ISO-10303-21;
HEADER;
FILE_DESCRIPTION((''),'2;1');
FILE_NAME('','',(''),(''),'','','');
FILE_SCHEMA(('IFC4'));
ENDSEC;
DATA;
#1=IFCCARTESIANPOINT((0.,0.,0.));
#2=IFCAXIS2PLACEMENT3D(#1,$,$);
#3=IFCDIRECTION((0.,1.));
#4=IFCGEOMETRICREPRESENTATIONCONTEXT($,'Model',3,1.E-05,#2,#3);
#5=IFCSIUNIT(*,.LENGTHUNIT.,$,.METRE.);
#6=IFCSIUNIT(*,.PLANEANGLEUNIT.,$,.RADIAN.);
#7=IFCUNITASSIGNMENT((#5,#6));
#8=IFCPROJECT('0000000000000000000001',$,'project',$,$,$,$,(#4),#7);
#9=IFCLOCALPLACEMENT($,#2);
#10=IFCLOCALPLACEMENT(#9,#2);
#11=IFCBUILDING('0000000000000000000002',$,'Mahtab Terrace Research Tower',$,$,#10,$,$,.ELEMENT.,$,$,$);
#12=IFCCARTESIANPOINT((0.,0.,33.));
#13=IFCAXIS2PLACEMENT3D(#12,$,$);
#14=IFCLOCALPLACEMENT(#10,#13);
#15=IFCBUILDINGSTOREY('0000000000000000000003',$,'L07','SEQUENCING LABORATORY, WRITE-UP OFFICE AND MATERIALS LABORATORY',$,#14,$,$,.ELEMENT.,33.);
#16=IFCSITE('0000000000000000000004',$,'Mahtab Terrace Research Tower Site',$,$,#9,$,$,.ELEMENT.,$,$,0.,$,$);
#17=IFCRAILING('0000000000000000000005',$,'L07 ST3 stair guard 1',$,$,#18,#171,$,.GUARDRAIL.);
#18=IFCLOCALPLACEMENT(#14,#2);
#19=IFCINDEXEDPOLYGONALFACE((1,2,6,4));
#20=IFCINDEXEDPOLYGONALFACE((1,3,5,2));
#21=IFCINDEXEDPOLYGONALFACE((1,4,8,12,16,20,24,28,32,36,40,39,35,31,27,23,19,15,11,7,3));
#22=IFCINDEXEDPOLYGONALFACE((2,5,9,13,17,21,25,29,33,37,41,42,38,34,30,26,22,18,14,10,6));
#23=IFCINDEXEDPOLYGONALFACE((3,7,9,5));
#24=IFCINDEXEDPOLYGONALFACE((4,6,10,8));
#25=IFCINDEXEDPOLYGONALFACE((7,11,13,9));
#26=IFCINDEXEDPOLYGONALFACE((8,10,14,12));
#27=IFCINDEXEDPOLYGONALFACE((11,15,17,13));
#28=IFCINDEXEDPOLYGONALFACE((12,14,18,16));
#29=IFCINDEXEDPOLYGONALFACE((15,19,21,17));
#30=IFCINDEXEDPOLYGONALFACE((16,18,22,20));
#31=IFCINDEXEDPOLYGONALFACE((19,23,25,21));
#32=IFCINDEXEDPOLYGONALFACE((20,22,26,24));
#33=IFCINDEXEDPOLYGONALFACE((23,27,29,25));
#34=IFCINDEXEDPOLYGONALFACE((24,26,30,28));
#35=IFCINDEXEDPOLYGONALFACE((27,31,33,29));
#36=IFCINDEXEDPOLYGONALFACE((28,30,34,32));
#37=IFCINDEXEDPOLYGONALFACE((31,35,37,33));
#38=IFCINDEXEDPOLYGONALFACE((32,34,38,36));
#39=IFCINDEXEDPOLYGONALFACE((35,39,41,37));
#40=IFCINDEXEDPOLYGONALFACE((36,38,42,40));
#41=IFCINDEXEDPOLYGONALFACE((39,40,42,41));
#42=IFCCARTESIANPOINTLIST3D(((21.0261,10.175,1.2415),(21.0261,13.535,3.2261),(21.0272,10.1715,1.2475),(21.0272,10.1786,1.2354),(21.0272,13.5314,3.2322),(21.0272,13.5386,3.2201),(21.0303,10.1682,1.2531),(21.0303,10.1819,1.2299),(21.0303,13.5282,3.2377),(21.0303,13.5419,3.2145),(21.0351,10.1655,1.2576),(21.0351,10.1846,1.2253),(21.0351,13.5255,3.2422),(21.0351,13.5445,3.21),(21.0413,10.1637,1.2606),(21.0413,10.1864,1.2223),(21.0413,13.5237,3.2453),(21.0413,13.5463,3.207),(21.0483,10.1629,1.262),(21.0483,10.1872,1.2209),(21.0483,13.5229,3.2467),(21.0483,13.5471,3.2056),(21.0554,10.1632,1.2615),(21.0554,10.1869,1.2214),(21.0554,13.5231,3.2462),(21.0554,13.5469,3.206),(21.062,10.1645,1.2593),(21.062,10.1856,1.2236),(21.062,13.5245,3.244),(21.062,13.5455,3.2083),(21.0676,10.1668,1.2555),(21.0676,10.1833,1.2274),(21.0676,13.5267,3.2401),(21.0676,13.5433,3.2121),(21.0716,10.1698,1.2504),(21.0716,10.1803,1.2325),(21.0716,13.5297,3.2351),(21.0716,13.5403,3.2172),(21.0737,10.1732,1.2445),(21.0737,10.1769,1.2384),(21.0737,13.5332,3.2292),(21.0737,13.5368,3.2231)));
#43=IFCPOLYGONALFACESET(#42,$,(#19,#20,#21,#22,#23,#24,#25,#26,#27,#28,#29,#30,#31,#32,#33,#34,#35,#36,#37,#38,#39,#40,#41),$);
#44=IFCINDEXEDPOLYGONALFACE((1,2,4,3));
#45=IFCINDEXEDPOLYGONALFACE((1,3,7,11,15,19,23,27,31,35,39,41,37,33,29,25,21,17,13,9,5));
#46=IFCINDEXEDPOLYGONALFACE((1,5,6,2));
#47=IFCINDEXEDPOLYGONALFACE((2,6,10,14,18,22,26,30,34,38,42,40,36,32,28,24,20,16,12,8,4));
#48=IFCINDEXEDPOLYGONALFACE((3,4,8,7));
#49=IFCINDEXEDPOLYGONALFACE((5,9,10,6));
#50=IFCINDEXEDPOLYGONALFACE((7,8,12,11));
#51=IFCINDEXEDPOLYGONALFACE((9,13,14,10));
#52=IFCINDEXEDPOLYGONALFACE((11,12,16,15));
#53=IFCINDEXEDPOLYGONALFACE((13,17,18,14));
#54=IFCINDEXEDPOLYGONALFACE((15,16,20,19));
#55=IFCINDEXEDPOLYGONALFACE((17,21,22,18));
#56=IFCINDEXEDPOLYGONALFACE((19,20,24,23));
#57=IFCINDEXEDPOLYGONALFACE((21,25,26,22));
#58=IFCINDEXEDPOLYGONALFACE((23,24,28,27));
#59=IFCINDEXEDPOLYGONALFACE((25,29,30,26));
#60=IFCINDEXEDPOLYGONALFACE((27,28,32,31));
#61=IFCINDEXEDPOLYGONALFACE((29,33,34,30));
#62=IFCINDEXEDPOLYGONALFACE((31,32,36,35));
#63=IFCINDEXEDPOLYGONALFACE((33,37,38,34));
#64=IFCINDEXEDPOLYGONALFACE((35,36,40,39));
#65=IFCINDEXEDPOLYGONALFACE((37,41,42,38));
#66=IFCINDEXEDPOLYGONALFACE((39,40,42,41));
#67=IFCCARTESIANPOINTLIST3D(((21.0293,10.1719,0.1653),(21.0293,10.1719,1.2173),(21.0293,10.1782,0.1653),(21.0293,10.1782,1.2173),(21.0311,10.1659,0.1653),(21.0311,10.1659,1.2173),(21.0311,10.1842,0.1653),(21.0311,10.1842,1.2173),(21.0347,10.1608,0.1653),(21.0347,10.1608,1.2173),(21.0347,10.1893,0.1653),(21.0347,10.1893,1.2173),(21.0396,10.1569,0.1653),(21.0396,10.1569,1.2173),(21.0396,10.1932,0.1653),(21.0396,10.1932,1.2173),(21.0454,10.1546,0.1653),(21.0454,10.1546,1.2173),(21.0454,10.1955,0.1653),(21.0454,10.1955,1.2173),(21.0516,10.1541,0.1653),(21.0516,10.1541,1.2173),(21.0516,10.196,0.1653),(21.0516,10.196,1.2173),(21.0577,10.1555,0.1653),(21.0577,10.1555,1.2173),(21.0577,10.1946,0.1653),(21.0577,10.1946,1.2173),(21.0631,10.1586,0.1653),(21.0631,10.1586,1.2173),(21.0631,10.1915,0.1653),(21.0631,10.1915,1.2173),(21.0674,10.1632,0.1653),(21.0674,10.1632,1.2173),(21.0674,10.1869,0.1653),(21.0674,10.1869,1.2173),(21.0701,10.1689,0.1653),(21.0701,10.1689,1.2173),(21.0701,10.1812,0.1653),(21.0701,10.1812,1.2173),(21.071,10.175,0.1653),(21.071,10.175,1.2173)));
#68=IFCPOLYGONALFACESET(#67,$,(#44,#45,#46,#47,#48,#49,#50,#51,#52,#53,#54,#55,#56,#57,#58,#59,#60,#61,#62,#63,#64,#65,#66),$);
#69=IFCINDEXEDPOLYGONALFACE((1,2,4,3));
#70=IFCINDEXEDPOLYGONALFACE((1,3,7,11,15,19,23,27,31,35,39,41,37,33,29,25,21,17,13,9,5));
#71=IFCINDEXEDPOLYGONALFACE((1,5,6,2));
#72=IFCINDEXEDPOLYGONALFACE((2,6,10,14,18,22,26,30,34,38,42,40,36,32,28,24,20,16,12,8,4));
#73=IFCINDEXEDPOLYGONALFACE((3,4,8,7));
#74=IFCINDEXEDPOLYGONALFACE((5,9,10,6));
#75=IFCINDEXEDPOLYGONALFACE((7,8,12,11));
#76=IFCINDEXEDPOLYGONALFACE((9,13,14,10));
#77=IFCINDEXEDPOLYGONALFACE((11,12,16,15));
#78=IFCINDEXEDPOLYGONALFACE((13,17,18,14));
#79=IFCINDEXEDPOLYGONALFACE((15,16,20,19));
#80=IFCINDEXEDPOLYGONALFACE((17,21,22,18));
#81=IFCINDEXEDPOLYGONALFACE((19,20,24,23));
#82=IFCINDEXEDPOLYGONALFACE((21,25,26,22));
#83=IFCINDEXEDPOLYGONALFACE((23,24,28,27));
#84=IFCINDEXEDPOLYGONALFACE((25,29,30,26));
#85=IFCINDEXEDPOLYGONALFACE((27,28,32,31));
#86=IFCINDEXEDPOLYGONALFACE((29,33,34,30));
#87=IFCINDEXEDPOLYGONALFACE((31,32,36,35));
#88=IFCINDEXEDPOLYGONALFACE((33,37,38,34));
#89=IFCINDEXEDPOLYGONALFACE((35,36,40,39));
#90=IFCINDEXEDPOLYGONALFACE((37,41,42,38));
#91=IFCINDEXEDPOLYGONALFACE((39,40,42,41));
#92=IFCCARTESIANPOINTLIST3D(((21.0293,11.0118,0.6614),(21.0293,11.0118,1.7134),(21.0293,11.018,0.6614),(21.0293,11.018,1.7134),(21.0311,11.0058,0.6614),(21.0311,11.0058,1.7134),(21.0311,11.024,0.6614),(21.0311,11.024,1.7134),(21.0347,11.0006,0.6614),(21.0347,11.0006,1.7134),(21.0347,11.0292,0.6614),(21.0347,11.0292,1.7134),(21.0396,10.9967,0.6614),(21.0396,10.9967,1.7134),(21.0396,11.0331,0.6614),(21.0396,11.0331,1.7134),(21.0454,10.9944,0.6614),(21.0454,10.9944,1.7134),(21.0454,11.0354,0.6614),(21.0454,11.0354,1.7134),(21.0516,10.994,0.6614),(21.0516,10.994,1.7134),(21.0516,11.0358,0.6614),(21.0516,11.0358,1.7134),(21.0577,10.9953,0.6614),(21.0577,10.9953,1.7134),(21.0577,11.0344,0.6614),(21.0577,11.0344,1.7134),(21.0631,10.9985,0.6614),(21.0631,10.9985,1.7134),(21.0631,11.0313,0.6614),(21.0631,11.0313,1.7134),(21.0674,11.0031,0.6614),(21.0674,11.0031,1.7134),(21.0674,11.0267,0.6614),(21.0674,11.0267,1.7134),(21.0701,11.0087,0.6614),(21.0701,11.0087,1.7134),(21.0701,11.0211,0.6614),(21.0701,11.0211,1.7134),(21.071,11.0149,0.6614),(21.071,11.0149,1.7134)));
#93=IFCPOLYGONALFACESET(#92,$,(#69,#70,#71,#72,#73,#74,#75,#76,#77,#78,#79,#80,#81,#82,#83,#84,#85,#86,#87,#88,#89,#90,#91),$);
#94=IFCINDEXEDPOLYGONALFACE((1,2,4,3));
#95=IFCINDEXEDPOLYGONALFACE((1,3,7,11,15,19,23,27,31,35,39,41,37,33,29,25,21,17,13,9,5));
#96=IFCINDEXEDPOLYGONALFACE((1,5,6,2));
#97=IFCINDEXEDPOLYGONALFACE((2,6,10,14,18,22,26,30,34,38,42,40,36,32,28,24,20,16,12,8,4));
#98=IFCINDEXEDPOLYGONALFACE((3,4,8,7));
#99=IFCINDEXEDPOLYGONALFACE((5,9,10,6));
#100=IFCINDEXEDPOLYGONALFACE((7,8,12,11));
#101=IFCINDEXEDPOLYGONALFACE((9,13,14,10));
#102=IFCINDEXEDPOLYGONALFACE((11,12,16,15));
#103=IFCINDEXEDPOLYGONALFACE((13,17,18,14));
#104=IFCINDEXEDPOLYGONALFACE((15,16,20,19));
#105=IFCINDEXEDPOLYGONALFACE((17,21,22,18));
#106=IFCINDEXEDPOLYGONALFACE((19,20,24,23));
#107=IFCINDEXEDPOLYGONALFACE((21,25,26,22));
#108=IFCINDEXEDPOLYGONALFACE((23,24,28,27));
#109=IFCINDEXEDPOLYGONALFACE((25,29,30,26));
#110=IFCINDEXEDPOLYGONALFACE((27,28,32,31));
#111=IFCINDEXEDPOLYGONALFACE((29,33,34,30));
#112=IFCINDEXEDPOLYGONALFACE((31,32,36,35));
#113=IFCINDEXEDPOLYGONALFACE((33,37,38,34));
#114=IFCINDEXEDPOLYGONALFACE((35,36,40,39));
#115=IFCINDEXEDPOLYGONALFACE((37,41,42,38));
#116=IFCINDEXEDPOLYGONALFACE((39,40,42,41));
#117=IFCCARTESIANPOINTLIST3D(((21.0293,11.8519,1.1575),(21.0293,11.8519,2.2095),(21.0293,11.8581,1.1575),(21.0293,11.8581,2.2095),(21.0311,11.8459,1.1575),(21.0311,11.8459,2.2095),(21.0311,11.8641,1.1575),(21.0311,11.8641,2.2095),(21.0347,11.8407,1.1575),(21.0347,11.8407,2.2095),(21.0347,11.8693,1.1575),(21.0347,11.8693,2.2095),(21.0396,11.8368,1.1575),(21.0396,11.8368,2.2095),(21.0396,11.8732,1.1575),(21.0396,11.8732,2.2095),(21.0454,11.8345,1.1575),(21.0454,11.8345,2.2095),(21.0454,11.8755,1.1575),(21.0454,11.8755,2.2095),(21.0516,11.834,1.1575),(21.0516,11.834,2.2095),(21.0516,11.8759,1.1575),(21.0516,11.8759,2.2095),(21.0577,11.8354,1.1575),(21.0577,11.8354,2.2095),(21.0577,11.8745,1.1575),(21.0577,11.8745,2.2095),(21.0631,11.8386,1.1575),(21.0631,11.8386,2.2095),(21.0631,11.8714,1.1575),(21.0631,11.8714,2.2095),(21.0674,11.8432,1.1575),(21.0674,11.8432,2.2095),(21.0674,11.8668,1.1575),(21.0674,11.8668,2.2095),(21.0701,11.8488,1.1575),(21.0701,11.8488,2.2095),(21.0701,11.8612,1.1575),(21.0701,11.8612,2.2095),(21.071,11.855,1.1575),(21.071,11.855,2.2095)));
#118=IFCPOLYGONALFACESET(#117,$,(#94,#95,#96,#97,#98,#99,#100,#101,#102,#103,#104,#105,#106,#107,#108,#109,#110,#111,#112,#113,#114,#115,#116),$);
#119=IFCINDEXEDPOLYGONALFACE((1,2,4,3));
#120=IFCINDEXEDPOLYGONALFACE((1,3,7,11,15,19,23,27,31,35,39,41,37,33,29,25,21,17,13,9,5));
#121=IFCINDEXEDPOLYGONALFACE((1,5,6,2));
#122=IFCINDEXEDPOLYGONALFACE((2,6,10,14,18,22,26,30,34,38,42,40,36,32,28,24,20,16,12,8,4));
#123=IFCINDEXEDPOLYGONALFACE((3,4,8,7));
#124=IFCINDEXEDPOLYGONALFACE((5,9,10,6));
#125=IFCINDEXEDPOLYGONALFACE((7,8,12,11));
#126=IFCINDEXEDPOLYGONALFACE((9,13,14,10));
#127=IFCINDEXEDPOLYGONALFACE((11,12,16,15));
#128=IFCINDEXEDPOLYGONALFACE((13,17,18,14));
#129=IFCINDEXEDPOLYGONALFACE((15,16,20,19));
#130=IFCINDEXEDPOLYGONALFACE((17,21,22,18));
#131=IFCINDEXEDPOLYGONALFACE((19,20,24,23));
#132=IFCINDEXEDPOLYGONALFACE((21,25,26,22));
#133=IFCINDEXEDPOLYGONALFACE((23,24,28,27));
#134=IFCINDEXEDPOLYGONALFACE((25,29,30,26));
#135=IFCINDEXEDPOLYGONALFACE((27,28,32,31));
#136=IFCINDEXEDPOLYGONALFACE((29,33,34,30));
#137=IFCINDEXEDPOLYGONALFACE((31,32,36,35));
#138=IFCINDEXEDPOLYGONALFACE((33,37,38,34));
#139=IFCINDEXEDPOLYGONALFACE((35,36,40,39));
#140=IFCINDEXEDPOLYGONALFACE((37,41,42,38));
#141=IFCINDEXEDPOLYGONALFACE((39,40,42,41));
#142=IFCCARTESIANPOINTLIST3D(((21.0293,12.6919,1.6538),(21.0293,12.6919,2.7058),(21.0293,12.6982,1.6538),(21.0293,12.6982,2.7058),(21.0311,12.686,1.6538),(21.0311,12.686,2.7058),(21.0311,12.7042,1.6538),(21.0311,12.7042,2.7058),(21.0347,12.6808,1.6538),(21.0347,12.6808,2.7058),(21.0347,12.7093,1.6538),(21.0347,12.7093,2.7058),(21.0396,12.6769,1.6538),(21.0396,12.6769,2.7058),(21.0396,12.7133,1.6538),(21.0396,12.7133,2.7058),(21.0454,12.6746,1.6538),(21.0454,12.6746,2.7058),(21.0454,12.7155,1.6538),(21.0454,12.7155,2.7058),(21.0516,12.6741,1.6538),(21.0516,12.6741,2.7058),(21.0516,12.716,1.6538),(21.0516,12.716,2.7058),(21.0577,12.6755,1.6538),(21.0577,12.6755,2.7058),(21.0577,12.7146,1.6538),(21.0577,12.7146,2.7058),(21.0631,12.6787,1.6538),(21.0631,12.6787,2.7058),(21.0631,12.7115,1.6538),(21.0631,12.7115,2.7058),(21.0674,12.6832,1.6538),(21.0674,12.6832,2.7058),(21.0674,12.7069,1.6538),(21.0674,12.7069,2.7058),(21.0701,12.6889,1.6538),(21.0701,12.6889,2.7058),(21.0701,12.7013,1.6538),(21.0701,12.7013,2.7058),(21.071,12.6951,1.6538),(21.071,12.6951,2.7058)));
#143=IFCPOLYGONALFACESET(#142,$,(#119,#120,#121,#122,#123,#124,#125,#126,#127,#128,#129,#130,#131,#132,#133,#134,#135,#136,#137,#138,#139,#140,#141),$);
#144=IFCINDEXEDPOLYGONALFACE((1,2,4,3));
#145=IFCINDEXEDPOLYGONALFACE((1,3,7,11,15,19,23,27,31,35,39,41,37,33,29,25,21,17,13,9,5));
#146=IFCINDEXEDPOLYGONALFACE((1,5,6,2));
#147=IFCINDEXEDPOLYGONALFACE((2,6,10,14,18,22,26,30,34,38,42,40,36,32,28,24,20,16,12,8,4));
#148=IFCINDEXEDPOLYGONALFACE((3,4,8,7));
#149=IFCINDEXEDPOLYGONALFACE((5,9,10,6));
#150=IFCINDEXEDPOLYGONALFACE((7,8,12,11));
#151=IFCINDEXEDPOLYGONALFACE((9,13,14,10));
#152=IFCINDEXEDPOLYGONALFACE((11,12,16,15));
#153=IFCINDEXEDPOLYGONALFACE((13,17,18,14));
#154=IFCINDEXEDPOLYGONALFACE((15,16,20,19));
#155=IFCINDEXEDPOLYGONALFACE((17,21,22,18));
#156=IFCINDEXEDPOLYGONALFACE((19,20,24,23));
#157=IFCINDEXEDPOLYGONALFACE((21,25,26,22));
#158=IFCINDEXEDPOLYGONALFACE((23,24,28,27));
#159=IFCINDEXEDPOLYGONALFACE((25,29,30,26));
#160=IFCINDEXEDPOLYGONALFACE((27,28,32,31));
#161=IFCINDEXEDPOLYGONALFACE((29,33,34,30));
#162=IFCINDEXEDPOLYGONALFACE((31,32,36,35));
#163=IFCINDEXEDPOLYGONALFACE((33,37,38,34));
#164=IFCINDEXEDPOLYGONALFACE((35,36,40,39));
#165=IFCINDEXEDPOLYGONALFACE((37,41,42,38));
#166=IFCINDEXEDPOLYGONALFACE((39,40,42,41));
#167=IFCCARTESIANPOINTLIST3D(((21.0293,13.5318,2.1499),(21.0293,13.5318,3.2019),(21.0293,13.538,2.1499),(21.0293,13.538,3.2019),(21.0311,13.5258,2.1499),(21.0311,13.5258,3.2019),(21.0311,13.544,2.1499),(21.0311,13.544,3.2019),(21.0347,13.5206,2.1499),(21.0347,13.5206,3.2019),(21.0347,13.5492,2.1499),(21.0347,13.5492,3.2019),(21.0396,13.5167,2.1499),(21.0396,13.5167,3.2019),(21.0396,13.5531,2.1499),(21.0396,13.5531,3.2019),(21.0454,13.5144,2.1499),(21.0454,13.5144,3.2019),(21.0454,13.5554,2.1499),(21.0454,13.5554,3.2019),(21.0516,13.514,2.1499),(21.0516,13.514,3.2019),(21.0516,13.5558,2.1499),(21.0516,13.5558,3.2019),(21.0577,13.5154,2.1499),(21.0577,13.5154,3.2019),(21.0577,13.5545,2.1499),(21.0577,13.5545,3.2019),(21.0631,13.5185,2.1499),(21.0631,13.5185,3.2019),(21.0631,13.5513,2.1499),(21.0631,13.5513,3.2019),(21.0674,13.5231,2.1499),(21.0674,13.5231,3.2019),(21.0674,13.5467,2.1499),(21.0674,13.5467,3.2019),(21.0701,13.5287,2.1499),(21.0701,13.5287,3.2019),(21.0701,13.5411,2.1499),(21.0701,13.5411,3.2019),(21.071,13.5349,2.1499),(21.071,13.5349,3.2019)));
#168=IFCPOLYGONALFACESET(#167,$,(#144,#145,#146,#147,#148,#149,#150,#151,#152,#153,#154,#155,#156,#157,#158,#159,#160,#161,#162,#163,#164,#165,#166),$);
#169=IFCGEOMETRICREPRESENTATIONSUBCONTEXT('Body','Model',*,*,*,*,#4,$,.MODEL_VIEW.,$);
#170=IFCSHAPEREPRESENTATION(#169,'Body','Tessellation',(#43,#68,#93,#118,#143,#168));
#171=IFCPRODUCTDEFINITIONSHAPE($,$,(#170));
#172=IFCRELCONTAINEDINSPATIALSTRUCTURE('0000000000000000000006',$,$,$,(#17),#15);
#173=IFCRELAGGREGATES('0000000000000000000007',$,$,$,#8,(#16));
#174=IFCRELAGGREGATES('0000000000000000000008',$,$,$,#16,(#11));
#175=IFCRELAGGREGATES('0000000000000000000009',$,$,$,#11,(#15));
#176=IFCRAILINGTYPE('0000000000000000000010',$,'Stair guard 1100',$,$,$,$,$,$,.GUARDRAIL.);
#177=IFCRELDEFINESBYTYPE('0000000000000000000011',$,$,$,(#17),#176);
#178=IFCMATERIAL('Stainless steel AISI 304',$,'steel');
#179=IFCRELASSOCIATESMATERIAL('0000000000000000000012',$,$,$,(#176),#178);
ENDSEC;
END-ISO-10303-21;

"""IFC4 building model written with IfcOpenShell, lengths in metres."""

from ifc_helpers import new_model, si_unit, direction, frame, origin, origin_2d, place, context, subcontext, project, spatial, circle, extrude, material, type_object, element, save


model = new_model("IFC4")

# Units and contexts
model_context = context("Model", 3, precision=1e-05, world=origin(), true_north=direction((0.0, 1.0)))
body_context = subcontext(model_context, "Body", "Model", "MODEL_VIEW")
ifc_project = project(units=[si_unit("LENGTHUNIT", "METRE"), si_unit("PLANEANGLEUNIT", "RADIAN")], contexts=[model_context])

# Site, building, storey
site_placement = place(None, origin())
site = spatial("IfcSite", under=ifc_project, at=site_placement, Name="Mahtab Terrace Research Tower Site", CompositionType="ELEMENT", RefElevation=0.0)
building_placement = place(site_placement, origin())
building = spatial("IfcBuilding", under=site, at=building_placement, Name="Mahtab Terrace Research Tower", CompositionType="ELEMENT")
storey_placement = place(building_placement, frame((0.0, 0.0, 33.0)))
storey = spatial("IfcBuildingStorey", under=building, at=storey_placement, Name="L07", Description="SEQUENCING LABORATORY, WRITE-UP OFFICE AND MATERIALS LABORATORY", CompositionType="ELEMENT", Elevation=33.0)

# Shared definitions
ifc_material_1 = material(Name="Stainless steel AISI 304", Category="steel")

# Railing
railing_type_1 = type_object("IfcRailingType", Name="Stair guard 1100", PredefinedType="GUARDRAIL", material=ifc_material_1)
railing_1_placement = place(storey_placement, frame((21.05, 10.175, 0.1653)))
element("IfcRailing", 1, at=railing_1_placement, inside=storey, type_object=railing_type_1, Name="L07 ST3 stair guard 1", PredefinedType="GUARDRAIL", context=body_context, shape_type="SweptSolid", body=[
    extrude(circle(Radius=0.0239, at=origin_2d()), frame((0.0, 0.0, 1.0762), z_axis=(0.0, 0.861011, 0.508586), x_axis=(-1.0, 0.0, 0.0)), (0.0, 0.0, 1.0), 3.9023),
    extrude(circle(Radius=0.021, at=origin_2d()), origin(), (0.0, 0.0, 1.0), 1.052),
    extrude(circle(Radius=0.021, at=origin_2d()), frame((0.0, 0.8398, 0.4961)), (0.0, 0.0, 1.0), 1.052),
    extrude(circle(Radius=0.021, at=origin_2d()), frame((0.0, 1.6799, 0.9922)), (0.0, 0.0, 1.0), 1.052),
    extrude(circle(Radius=0.021, at=origin_2d()), frame((0.0, 2.52, 1.4885)), (0.0, 0.0, 1.0), 1.052),
    extrude(circle(Radius=0.021, at=origin_2d()), frame((0.0, 3.3599, 1.9846)), (0.0, 0.0, 1.0), 1.052),
])

save(model, "model.ifc")
